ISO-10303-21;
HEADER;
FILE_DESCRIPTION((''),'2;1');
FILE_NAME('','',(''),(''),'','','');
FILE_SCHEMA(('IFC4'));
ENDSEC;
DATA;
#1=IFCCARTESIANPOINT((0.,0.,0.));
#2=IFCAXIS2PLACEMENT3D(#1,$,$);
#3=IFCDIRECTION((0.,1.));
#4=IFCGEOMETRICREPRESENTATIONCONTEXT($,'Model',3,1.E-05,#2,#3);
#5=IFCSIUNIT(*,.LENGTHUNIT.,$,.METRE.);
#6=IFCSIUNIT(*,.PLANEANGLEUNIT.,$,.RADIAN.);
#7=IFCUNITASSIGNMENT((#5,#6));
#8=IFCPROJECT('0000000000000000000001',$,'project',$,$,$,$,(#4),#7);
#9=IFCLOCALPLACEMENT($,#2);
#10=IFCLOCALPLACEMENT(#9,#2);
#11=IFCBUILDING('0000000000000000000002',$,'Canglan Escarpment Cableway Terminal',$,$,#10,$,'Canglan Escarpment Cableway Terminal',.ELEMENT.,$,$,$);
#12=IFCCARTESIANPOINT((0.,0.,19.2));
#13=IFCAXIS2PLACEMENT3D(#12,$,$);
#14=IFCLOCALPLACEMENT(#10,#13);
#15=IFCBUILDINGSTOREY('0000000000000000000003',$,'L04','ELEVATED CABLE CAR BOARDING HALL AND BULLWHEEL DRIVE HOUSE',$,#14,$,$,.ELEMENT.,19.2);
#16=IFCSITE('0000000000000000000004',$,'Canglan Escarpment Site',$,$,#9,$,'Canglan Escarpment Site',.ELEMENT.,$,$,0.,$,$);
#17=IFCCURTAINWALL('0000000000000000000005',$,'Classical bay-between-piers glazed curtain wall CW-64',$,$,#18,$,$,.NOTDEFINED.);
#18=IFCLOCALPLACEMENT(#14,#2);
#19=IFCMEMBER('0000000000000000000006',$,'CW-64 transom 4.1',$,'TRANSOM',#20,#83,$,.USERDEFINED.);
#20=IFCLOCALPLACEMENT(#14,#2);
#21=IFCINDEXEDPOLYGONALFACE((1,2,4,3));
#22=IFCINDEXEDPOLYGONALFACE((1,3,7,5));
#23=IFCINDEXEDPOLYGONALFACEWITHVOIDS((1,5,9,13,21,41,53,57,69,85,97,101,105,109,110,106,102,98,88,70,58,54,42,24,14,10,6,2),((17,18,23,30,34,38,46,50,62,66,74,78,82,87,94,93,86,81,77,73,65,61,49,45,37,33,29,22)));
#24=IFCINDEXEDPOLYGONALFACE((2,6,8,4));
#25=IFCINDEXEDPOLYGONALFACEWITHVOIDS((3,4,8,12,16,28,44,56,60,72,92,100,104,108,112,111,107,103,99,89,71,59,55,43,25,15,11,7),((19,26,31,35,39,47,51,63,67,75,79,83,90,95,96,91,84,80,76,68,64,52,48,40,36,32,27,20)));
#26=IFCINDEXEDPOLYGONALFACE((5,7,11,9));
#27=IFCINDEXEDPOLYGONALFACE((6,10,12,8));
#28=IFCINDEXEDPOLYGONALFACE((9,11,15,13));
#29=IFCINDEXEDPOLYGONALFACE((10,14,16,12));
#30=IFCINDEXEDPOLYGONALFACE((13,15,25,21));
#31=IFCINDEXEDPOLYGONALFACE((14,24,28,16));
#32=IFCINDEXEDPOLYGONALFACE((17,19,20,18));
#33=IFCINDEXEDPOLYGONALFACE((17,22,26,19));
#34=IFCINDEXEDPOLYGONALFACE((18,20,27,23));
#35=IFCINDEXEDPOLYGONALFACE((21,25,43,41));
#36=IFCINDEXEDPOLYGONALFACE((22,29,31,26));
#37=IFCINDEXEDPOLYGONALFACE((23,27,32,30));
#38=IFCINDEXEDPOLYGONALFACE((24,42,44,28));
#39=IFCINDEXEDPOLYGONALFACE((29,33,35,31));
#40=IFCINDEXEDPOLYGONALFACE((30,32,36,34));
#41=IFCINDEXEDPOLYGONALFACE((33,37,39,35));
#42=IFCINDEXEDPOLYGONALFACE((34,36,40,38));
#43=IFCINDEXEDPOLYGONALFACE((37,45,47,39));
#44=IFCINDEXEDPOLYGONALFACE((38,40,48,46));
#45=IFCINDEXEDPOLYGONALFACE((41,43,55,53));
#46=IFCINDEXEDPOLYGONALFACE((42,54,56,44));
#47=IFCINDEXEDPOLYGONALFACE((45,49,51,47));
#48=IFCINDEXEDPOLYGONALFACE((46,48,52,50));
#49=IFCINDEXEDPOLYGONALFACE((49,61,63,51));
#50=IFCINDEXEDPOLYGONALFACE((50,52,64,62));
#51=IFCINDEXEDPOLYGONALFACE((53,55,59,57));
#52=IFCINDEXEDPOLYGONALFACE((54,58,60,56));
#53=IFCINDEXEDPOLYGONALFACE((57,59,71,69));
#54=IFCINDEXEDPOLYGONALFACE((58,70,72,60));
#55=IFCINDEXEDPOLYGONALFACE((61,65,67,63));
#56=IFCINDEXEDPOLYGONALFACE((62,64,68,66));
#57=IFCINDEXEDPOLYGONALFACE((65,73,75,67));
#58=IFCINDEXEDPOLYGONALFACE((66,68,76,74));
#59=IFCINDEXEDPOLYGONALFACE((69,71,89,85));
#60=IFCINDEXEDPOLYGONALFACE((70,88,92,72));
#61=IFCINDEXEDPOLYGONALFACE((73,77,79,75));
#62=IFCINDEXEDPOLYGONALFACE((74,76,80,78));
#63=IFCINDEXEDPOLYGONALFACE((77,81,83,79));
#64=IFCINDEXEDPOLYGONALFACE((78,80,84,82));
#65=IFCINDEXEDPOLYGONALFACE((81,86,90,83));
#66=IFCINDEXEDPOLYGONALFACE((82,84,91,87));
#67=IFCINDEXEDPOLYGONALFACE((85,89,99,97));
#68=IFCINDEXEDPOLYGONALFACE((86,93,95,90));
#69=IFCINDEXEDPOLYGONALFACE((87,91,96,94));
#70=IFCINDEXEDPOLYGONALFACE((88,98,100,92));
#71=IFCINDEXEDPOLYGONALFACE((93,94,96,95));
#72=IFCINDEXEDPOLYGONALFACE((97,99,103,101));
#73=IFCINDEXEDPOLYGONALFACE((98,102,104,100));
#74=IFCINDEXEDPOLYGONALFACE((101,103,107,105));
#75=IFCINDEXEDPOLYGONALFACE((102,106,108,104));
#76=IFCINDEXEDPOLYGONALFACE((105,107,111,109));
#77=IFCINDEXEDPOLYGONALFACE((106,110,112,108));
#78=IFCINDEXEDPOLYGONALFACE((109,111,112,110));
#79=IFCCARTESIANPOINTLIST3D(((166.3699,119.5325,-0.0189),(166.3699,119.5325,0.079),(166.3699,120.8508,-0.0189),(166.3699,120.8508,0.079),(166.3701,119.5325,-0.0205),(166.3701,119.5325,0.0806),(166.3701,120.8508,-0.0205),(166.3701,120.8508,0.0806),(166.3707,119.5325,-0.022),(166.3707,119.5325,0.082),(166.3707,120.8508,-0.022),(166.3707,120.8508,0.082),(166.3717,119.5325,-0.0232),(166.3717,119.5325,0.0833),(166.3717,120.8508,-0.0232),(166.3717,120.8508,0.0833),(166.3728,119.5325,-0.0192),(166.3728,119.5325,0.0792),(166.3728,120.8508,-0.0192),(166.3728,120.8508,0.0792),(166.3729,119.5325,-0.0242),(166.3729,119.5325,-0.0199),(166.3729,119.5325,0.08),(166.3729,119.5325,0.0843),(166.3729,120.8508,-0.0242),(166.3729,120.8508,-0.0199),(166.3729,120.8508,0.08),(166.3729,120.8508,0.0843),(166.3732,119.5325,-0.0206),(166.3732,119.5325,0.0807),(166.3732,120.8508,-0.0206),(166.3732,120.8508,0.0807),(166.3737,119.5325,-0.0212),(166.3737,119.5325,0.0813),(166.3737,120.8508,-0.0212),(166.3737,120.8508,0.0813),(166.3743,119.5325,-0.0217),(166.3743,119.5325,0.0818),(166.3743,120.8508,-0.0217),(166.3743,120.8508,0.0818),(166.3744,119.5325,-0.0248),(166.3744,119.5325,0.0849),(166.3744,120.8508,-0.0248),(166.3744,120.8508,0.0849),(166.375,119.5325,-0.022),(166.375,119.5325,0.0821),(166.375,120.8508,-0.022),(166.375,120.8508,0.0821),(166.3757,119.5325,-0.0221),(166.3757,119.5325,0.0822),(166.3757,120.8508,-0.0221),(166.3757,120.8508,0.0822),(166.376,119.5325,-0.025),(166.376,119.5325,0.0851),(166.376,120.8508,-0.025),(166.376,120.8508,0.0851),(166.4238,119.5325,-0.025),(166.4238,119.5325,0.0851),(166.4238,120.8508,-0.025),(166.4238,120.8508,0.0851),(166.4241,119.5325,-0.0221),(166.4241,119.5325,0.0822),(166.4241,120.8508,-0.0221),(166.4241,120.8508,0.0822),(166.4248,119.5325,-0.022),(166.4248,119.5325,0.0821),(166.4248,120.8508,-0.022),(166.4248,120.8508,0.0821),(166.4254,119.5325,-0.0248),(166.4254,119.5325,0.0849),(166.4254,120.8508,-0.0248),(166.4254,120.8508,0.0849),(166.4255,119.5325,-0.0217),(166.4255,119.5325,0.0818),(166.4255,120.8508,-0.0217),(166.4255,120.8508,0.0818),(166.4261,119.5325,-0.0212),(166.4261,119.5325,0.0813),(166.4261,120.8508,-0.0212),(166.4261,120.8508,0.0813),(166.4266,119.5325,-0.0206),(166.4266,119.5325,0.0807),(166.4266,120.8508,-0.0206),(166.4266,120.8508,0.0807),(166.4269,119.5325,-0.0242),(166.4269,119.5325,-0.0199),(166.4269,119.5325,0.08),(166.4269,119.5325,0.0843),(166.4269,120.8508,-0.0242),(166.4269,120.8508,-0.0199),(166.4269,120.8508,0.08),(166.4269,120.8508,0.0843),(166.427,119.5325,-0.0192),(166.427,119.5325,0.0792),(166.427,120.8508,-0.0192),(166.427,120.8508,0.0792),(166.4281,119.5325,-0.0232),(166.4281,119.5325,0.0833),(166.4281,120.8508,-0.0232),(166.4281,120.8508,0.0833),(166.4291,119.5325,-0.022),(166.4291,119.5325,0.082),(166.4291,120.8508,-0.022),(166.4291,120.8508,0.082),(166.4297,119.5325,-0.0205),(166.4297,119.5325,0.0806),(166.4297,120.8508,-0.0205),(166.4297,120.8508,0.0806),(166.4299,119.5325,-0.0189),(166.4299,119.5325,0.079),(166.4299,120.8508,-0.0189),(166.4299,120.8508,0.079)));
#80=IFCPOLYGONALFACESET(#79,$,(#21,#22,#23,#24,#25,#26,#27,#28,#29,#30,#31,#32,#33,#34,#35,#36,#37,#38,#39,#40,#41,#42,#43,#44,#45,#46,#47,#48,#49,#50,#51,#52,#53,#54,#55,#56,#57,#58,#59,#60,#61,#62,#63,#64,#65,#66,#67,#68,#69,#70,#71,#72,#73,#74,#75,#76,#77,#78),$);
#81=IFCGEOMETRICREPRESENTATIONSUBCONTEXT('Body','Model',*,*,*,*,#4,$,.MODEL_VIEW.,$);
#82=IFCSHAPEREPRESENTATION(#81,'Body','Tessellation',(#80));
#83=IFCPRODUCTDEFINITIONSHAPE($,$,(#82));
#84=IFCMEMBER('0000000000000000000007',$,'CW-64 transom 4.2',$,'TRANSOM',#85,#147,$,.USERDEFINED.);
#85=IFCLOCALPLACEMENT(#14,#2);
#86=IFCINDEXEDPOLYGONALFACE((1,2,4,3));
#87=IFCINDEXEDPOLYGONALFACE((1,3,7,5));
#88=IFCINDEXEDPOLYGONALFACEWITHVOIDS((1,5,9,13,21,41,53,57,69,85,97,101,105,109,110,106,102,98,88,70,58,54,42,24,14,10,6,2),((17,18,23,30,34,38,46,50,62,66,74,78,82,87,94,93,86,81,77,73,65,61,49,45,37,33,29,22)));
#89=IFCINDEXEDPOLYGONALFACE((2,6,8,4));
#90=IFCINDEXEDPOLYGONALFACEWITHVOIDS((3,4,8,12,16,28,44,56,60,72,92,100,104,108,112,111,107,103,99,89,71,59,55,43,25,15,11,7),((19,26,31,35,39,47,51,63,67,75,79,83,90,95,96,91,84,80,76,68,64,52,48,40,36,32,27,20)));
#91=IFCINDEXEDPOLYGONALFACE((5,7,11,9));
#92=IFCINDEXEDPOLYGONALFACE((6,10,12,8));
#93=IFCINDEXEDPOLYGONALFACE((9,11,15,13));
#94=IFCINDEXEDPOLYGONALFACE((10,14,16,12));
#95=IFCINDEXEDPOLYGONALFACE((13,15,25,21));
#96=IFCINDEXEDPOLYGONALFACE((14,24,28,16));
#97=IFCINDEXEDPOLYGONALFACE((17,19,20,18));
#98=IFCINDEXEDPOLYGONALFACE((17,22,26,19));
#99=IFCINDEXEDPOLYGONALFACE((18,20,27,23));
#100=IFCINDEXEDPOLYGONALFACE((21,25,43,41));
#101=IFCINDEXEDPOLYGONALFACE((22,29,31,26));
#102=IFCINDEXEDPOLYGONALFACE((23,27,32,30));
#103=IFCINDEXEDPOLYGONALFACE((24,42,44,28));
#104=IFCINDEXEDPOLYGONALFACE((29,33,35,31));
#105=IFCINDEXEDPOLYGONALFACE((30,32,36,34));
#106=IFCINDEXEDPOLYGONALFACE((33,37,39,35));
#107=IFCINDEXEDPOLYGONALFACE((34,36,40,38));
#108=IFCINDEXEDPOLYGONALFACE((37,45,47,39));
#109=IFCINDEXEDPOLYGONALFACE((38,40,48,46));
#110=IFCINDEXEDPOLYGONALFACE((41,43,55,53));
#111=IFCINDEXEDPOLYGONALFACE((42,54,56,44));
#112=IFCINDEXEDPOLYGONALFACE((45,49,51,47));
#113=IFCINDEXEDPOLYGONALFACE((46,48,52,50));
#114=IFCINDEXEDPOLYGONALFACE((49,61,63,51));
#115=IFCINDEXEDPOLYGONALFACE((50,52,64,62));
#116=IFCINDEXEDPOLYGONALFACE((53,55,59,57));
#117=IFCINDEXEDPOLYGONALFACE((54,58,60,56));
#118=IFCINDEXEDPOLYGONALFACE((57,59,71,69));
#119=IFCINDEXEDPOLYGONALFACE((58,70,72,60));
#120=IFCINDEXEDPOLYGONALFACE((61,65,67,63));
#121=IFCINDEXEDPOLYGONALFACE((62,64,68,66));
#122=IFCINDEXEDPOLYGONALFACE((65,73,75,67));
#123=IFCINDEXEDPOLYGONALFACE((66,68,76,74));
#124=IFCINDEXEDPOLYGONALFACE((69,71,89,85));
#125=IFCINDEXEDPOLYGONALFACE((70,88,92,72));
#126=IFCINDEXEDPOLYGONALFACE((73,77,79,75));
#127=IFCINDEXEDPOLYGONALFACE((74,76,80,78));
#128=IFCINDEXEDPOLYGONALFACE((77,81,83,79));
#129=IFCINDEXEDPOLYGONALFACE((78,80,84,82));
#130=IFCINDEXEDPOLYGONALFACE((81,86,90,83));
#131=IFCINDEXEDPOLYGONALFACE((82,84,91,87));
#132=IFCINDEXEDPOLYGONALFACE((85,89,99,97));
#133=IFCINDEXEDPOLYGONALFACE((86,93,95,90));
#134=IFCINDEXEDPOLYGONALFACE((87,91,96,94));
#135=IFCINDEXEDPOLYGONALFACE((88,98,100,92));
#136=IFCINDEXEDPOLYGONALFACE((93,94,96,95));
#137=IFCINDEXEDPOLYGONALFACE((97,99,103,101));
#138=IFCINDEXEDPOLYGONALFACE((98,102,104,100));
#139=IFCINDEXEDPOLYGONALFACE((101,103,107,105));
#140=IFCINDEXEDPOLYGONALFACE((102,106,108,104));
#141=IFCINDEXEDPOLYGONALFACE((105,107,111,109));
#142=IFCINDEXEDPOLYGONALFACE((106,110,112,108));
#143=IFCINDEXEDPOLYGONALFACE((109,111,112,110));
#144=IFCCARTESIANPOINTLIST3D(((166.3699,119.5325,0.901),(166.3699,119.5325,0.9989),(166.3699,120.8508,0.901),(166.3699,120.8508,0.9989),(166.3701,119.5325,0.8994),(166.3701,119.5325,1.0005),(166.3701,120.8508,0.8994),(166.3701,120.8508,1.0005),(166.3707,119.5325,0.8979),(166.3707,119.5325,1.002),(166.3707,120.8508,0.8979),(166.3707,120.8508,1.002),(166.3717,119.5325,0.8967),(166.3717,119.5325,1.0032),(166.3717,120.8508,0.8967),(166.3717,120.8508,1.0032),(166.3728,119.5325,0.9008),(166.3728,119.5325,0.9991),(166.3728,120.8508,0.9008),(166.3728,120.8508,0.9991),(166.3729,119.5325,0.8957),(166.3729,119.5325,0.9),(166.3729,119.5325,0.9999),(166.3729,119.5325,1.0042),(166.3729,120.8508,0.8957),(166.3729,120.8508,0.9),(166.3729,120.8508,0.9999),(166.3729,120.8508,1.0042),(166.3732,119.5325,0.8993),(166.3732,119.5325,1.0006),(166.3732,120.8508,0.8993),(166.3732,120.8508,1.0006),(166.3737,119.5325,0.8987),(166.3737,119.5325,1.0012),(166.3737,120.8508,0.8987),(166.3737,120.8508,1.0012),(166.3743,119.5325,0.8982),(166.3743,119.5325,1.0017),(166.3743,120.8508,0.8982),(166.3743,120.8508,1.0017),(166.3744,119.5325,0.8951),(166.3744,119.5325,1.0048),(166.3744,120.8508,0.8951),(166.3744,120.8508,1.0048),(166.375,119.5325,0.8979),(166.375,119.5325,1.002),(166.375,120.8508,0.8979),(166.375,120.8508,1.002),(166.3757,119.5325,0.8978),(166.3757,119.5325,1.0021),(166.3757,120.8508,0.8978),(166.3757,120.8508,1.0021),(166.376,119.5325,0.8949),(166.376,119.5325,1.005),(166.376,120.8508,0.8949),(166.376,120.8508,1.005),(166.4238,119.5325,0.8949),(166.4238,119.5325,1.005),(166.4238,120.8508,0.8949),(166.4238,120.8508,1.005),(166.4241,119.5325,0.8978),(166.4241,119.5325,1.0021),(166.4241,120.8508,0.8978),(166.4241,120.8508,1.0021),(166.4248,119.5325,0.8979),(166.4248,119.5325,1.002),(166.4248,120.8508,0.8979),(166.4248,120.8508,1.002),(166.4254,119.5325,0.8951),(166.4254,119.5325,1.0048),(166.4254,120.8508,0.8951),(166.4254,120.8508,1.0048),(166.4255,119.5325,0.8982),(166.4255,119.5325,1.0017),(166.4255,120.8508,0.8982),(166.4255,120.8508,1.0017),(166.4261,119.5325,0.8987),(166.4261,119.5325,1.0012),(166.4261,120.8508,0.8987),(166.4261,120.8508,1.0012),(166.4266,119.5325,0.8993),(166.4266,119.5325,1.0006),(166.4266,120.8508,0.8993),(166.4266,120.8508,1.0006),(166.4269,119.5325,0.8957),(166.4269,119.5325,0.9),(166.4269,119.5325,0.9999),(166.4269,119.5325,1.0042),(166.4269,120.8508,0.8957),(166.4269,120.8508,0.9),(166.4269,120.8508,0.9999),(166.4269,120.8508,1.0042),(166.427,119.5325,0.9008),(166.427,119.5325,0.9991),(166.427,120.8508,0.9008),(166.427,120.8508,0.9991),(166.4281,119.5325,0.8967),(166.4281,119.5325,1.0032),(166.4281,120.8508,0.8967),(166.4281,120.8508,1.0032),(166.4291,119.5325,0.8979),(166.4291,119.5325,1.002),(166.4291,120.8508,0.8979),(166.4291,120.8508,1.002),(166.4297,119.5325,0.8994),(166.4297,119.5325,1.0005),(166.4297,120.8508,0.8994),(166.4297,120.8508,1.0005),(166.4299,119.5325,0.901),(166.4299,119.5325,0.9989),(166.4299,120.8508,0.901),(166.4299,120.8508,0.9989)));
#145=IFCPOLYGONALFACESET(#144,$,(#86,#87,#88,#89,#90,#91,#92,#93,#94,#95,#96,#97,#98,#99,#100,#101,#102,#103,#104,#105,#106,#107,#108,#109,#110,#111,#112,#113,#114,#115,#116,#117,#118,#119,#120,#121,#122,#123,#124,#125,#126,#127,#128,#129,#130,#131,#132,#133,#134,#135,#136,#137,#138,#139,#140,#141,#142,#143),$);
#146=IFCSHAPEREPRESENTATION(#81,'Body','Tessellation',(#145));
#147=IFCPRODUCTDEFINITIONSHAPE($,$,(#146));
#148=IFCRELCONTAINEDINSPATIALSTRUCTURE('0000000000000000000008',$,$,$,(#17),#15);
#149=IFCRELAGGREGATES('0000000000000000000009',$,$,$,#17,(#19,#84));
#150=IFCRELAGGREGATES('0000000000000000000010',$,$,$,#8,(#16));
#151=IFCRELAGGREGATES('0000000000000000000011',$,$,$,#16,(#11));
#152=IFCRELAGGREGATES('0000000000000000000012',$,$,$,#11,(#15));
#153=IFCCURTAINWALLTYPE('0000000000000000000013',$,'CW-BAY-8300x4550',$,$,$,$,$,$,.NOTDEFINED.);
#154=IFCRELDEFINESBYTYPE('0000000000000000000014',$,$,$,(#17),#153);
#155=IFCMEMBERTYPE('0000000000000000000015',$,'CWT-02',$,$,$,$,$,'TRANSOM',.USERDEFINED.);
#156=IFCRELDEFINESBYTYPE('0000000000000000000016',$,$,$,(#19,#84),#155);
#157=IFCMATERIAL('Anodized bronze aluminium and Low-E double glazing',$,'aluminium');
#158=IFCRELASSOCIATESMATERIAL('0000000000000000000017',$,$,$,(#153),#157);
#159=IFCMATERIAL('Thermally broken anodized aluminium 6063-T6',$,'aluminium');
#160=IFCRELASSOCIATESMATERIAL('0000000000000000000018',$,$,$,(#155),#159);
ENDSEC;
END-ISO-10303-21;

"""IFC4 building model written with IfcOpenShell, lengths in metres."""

from ifc_helpers import new_model, si_unit, direction, frame, origin, origin_2d, place, context, subcontext, project, spatial, hollow_rectangle, extrude, material, material_profile, profile_set, type_object, element, aggregate, save


model = new_model("IFC4")

# Units and contexts
model_context = context("Model", 3, precision=1e-05, world=origin(), true_north=direction((0.0, 1.0)))
body_context = subcontext(model_context, "Body", "Model", "MODEL_VIEW")
ifc_project = project(units=[si_unit("LENGTHUNIT", "METRE"), si_unit("PLANEANGLEUNIT", "RADIAN")], contexts=[model_context])

# Site, building, storey
site_placement = place(None, origin())
site = spatial("IfcSite", under=ifc_project, at=site_placement, Name="Canglan Escarpment Site", LongName="Canglan Escarpment Site", CompositionType="ELEMENT", RefElevation=0.0)
building_placement = place(site_placement, origin())
building = spatial("IfcBuilding", under=site, at=building_placement, Name="Canglan Escarpment Cableway Terminal", LongName="Canglan Escarpment Cableway Terminal", CompositionType="ELEMENT")
storey_placement = place(building_placement, frame((0.0, 0.0, 19.2)))
storey = spatial("IfcBuildingStorey", under=building, at=storey_placement, Name="L04", Description="ELEVATED CABLE CAR BOARDING HALL AND BULLWHEEL DRIVE HOUSE", CompositionType="ELEMENT", Elevation=19.2)

# Curtain wall, members
ifc_material_1 = material(Name="Anodized bronze aluminium and Low-E double glazing", Category="aluminium")
curtain_wall_type = type_object("IfcCurtainWallType", Name="CW-BAY-8300x4550", PredefinedType="NOTDEFINED", material=ifc_material_1)
curtain_wall_placement = place(storey_placement, origin())
curtain_wall = element("IfcCurtainWall", 1, at=curtain_wall_placement, inside=storey, type_object=curtain_wall_type, Name="Classical bay-between-piers glazed curtain wall CW-64", PredefinedType="NOTDEFINED")
ifc_material_2 = material(Name="Thermally broken anodized aluminium 6063-T6", Category="aluminium")
ifc_material_profile_1 = material_profile(ifc_material_2, hollow_rectangle(XDim=0.0601, YDim=0.1101, WallThickness=0.0029, InnerFilletRadius=0.0029, OuterFilletRadius=0.0061, at=origin_2d()), Name="ALU-TRAN 60x110x3")
ifc_profile_set_1 = profile_set([ifc_material_profile_1], Name="Thermally broken anodized aluminium 6063-T6")
member_type_1 = type_object("IfcMemberType", Name="CWT-02", ElementType="TRANSOM", PredefinedType="USERDEFINED", material=ifc_profile_set_1)
member_1_placement = place(storey_placement, frame((166.3999, 119.5325, 0.03), z_axis=(0.0, 1.0, 0.0), x_axis=(-1.0, 0.0, 0.0)))
member_1 = element("IfcMember", 2, at=member_1_placement, type_object=member_type_1, Name="CW-64 transom 4.1", ObjectType="TRANSOM", PredefinedType="USERDEFINED", context=body_context, shape_type="SweptSolid", body=[
    extrude(hollow_rectangle(XDim=0.0601, YDim=0.1101, WallThickness=0.0029, InnerFilletRadius=0.0029, OuterFilletRadius=0.0061, at=origin_2d()), origin(), (0.0, 0.0, 1.0), 1.3184),
])
member_2_placement = place(storey_placement, frame((166.3999, 119.5325, 0.95), z_axis=(0.0, 1.0, 0.0), x_axis=(-1.0, 0.0, 0.0)))
member_2 = element("IfcMember", 3, at=member_2_placement, type_object=member_type_1, Name="CW-64 transom 4.2", ObjectType="TRANSOM", PredefinedType="USERDEFINED", context=body_context, shape_type="SweptSolid", body=[
    extrude(hollow_rectangle(XDim=0.0601, YDim=0.1101, WallThickness=0.0029, InnerFilletRadius=0.0029, OuterFilletRadius=0.0061, at=origin_2d()), origin(), (0.0, 0.0, 1.0), 1.3184),
])
aggregate(curtain_wall, [member_1, member_2])

save(model, "model.ifc")
